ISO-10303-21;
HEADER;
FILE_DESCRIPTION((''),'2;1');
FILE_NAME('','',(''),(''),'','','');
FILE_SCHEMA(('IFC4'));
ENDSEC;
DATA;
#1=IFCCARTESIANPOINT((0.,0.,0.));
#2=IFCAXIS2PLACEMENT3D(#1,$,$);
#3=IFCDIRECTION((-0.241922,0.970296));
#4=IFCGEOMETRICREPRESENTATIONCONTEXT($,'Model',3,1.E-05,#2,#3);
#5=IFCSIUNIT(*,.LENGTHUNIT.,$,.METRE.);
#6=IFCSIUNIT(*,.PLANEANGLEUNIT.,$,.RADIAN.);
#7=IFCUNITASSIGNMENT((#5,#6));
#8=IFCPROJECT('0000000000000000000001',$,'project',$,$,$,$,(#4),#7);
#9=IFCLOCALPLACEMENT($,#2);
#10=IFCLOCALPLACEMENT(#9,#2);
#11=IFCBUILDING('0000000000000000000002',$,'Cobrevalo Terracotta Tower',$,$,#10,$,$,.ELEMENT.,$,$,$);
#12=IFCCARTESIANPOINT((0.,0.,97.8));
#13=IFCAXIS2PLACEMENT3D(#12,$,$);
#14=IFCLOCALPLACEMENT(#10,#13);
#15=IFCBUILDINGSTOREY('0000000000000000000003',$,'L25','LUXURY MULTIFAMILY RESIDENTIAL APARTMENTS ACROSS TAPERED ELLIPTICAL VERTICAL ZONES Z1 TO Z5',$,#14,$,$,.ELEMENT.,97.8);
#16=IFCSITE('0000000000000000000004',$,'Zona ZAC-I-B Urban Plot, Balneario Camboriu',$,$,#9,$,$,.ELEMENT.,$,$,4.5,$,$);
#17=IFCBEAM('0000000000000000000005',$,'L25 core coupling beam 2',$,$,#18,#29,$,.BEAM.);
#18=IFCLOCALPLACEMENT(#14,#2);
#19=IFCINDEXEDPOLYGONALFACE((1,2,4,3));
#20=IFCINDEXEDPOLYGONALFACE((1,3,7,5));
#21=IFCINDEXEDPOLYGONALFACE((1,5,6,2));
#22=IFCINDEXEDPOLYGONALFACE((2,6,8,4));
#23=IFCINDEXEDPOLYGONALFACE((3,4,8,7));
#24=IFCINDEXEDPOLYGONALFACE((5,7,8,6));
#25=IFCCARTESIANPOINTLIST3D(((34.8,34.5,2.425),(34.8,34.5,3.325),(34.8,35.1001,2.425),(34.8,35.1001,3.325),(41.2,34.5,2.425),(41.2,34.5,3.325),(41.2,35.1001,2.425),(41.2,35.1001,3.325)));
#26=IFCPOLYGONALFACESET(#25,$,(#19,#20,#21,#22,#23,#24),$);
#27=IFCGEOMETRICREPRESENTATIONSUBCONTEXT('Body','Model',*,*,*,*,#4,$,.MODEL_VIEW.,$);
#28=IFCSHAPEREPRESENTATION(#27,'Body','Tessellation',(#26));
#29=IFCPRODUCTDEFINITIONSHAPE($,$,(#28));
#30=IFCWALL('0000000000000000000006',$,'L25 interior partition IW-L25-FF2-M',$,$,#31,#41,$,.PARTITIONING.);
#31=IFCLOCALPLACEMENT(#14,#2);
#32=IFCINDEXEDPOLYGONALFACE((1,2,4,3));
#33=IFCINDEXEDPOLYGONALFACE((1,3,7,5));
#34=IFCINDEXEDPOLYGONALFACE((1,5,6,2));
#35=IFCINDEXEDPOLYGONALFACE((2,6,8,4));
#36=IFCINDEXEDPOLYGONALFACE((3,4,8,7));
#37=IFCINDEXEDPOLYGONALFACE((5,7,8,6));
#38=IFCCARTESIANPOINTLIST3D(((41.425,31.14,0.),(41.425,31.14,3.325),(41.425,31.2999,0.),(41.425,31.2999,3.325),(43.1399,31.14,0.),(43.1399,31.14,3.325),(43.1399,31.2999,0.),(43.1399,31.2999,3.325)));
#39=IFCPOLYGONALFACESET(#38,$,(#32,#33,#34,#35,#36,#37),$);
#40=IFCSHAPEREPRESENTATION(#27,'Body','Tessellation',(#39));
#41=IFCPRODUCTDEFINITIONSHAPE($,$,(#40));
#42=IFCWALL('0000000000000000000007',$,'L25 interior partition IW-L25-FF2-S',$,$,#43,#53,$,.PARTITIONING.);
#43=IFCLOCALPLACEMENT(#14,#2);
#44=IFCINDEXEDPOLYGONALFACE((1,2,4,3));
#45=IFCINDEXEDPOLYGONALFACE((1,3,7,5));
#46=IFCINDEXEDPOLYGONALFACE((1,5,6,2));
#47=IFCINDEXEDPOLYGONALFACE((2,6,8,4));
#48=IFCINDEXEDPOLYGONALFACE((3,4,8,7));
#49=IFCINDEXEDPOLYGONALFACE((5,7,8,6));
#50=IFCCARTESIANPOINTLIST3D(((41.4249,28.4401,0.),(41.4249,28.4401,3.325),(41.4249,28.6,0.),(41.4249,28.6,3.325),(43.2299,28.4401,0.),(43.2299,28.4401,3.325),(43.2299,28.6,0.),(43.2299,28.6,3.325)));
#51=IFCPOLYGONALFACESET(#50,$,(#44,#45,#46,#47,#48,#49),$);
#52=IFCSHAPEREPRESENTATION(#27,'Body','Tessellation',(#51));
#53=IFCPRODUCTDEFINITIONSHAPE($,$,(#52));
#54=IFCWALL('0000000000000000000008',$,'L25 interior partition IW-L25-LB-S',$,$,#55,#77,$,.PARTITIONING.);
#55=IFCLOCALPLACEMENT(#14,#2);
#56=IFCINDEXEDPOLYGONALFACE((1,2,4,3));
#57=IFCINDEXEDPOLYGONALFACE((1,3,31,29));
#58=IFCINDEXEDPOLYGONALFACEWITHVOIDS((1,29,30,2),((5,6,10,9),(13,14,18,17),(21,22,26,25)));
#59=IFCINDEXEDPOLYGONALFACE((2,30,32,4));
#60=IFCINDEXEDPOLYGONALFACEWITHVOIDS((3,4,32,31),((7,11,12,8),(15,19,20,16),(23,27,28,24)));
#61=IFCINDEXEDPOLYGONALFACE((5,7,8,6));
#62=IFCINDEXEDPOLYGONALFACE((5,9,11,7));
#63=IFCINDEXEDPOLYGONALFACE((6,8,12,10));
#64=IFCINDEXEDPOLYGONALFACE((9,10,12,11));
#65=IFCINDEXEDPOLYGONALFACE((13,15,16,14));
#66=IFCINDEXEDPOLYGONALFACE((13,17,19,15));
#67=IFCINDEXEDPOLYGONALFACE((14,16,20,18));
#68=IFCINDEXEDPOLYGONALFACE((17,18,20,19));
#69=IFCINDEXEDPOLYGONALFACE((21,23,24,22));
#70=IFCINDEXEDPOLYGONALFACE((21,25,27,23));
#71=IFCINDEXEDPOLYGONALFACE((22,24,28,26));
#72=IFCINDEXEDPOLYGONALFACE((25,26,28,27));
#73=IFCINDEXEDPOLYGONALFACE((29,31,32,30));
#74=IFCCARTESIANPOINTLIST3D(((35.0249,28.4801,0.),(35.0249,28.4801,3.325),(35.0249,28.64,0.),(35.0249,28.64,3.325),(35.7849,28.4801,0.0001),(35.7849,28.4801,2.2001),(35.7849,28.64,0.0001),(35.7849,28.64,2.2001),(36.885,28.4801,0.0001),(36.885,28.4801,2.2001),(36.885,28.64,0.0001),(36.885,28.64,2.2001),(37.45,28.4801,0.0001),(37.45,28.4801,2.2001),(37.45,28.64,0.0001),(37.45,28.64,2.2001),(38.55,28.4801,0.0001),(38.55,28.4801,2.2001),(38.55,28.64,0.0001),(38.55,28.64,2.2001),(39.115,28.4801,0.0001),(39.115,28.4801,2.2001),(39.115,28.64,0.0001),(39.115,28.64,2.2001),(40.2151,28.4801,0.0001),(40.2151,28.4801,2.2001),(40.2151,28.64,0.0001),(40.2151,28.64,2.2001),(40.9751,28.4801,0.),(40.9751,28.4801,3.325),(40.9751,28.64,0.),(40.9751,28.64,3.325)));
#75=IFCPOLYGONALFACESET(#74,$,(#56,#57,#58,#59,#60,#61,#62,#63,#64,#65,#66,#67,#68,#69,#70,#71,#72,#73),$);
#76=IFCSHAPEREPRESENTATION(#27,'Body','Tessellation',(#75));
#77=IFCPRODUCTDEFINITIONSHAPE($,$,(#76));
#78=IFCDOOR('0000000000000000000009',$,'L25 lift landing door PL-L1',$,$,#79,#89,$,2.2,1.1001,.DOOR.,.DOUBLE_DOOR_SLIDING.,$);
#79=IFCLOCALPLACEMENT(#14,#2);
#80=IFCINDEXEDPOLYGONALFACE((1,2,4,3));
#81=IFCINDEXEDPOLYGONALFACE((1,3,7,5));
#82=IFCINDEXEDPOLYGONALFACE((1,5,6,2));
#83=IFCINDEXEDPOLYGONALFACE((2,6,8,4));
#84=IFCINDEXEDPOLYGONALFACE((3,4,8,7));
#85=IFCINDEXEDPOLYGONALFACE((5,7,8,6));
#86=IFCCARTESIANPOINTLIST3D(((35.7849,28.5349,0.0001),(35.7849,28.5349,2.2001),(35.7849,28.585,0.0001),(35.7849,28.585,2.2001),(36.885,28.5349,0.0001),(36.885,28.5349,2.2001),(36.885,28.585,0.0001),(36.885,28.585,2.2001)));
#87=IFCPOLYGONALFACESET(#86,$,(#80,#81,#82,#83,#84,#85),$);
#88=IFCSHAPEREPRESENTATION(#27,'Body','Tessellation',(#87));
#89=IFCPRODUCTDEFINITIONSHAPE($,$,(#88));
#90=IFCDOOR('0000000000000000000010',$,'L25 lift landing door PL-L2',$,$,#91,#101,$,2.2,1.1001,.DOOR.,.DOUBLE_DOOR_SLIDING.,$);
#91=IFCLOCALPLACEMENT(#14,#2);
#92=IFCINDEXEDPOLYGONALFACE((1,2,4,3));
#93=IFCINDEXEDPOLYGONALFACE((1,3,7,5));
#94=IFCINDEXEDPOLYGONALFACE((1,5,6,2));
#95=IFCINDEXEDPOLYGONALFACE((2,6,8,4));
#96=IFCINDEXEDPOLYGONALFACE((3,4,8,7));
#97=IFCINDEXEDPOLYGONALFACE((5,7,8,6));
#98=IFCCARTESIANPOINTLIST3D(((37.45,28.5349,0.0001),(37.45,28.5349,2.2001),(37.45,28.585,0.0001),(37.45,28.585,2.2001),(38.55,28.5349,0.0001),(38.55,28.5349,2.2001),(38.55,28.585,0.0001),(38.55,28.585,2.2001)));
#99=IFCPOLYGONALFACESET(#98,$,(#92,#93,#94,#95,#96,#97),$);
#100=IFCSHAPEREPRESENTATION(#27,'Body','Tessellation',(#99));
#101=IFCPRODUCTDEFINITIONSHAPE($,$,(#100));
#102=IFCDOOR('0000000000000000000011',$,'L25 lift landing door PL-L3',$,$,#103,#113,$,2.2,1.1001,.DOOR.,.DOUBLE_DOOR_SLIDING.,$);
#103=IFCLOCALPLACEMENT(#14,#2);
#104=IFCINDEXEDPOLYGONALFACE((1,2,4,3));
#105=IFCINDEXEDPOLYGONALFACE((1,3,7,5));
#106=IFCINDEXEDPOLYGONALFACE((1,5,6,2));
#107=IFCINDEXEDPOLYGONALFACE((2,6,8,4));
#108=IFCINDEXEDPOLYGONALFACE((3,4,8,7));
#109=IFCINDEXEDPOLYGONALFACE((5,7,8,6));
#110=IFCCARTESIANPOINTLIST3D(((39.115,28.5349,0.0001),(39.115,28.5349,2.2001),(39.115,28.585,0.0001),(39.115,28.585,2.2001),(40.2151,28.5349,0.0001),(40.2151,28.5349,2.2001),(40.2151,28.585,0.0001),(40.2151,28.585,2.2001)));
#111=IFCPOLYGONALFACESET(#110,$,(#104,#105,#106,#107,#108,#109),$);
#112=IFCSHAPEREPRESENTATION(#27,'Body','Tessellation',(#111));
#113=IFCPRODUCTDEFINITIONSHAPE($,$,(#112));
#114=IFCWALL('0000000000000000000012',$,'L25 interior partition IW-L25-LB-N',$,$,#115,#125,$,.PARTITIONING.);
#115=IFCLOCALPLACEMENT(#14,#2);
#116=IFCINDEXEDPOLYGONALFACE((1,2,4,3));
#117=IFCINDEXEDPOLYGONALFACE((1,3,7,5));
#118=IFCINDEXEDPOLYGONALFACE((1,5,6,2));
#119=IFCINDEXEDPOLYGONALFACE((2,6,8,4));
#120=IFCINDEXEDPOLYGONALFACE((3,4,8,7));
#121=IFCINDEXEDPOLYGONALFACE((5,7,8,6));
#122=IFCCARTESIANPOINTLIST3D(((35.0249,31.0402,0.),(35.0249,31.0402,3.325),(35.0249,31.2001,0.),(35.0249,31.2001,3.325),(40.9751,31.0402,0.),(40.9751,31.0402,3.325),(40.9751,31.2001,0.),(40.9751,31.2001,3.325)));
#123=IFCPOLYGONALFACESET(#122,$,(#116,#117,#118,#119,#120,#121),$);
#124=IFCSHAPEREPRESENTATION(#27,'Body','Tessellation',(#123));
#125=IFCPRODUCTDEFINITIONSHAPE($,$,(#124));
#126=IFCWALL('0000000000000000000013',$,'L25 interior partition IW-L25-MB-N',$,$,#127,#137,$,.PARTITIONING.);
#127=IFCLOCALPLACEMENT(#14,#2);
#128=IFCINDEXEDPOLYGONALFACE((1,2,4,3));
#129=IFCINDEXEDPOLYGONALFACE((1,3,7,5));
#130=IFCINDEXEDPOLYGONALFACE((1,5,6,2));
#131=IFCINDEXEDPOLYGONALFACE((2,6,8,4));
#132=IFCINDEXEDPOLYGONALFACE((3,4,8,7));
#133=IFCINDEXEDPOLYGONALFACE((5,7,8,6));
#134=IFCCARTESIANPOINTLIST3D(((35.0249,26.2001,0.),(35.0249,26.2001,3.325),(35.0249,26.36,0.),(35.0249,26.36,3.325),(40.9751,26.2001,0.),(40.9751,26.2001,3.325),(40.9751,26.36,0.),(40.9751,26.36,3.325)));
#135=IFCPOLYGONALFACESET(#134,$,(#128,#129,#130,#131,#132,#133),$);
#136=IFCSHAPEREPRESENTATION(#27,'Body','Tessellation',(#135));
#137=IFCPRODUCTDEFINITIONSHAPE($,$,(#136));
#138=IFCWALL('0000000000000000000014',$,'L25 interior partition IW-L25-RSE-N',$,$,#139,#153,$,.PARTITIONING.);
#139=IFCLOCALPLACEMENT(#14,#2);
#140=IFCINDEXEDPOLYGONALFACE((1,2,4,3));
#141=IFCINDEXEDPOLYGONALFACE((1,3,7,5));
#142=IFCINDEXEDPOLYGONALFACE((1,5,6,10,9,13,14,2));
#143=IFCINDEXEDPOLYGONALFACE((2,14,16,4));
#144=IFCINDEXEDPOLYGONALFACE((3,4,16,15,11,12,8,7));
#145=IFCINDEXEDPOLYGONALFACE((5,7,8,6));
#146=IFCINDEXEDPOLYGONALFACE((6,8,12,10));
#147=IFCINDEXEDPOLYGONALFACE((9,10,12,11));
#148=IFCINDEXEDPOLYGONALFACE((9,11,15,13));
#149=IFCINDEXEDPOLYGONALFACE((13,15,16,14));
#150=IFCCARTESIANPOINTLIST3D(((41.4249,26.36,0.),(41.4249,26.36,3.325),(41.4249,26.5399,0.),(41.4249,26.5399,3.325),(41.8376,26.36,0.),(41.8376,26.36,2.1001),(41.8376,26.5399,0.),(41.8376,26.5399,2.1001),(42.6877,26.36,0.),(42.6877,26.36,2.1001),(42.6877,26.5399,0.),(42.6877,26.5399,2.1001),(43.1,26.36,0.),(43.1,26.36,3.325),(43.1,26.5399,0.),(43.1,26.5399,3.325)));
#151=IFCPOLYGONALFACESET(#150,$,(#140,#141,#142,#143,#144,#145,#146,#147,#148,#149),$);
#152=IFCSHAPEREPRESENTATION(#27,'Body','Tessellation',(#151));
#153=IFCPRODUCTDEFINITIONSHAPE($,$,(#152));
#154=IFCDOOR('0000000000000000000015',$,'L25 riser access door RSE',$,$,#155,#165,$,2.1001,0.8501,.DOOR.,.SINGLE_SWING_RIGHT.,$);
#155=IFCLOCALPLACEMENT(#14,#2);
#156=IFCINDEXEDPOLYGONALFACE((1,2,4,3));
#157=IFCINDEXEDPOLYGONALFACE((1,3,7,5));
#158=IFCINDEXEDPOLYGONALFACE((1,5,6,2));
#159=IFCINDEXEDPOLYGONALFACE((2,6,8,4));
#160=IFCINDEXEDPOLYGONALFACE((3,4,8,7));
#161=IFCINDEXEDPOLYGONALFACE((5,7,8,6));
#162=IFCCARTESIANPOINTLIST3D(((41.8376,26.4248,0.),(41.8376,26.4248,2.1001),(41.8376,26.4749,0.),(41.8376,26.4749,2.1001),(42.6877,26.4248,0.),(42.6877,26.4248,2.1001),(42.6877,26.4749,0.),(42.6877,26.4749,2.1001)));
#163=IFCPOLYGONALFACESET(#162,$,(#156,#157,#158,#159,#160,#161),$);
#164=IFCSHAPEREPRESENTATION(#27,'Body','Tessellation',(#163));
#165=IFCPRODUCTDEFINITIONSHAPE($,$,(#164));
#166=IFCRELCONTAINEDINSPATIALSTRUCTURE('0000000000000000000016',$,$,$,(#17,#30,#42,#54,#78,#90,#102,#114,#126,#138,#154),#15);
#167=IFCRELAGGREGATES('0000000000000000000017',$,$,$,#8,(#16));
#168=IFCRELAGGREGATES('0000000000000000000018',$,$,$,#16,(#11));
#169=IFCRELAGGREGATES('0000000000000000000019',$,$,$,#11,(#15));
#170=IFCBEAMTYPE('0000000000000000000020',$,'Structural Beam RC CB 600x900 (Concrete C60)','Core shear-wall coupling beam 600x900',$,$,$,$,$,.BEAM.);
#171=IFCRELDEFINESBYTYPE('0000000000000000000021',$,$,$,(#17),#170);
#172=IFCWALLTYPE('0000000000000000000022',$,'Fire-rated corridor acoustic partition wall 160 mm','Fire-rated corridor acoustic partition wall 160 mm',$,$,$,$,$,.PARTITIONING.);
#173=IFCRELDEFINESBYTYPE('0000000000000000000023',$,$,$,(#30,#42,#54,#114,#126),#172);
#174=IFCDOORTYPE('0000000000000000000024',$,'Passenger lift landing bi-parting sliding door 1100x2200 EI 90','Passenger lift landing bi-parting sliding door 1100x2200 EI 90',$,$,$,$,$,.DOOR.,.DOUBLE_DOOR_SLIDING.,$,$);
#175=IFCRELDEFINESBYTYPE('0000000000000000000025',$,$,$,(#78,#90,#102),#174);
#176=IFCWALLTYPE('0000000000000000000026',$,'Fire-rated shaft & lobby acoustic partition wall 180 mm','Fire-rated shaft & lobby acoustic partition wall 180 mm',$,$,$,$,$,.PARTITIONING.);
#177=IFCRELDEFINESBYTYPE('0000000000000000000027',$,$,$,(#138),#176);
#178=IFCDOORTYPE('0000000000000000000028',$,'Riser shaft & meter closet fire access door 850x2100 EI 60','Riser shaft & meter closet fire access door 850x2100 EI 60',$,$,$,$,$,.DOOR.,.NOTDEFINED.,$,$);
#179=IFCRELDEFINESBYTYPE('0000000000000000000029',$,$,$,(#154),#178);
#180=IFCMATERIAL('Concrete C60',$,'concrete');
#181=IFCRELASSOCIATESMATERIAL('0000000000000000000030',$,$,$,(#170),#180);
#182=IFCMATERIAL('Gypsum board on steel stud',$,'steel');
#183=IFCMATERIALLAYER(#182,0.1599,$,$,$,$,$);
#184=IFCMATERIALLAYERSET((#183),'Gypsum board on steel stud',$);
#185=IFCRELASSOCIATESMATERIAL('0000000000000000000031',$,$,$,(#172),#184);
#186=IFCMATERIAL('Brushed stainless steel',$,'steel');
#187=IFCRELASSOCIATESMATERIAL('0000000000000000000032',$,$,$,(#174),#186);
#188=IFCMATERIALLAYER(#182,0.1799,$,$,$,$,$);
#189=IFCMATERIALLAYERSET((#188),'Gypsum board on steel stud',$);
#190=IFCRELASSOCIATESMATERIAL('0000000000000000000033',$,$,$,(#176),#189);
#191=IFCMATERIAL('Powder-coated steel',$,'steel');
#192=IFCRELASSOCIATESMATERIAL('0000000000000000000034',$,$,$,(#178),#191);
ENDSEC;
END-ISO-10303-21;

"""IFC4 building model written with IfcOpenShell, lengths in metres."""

from ifc_helpers import new_model, si_unit, direction, frame, frame_2d, origin, origin_2d, place, context, subcontext, project, spatial, rectangle, extrude, source, transform, mapped, material, layer, layer_set, material_profile, profile_set, type_object, element, fill, save


model = new_model("IFC4")

# Units and contexts
model_context = context("Model", 3, precision=1e-05, world=origin(), true_north=direction((-0.241922, 0.970296)))
body_context = subcontext(model_context, "Body", "Model", "MODEL_VIEW")
ifc_project = project(units=[si_unit("LENGTHUNIT", "METRE"), si_unit("PLANEANGLEUNIT", "RADIAN")], contexts=[model_context])

# Site, building, storey
site_placement = place(None, origin())
site = spatial("IfcSite", under=ifc_project, at=site_placement, Name="Zona ZAC-I-B Urban Plot, Balneario Camboriu", CompositionType="ELEMENT", RefElevation=4.5)
building_placement = place(site_placement, origin())
building = spatial("IfcBuilding", under=site, at=building_placement, Name="Cobrevalo Terracotta Tower", CompositionType="ELEMENT")
storey_placement = place(building_placement, frame((0.0, 0.0, 97.8)))
storey = spatial("IfcBuildingStorey", under=building, at=storey_placement, Name="L25", Description="LUXURY MULTIFAMILY RESIDENTIAL APARTMENTS ACROSS TAPERED ELLIPTICAL VERTICAL ZONES Z1 TO Z5", CompositionType="ELEMENT", Elevation=97.8)

# Beam
ifc_material_1 = material(Name="Concrete C60", Category="concrete")
ifc_material_profile = material_profile(ifc_material_1, rectangle(XDim=0.6001, YDim=0.8999, at=origin_2d()), Name="RC CB 600x900")
ifc_profile_set = profile_set([ifc_material_profile], Name="Concrete C60")
beam_type = type_object("IfcBeamType", Name="Structural Beam RC CB 600x900 (Concrete C60)", Description="Core shear-wall coupling beam 600x900", PredefinedType="BEAM", material=ifc_profile_set)
beam_placement = place(storey_placement, frame((34.8, 34.8, 2.875), z_axis=(1.0, 0.0, 0.0), x_axis=(0.0, 1.0, 0.0)))
element("IfcBeam", 1, at=beam_placement, inside=storey, type_object=beam_type, Name="L25 core coupling beam 2", PredefinedType="BEAM", context=body_context, shape_type="SweptSolid", body=[
    extrude(rectangle(XDim=0.6001, YDim=0.8999, at=origin_2d()), origin(), (0.0, 0.0, 1.0), 6.3999),
])

# Walls
ifc_material_2 = material(Name="Gypsum board on steel stud", Category="steel")
ifc_layer_1 = layer(ifc_material_2, 0.1599)
ifc_layer_set_1 = layer_set([ifc_layer_1], Name="Gypsum board on steel stud")
wall_type_1 = type_object("IfcWallType", Name="Fire-rated corridor acoustic partition wall 160 mm", Description="Fire-rated corridor acoustic partition wall 160 mm", PredefinedType="PARTITIONING", material=ifc_layer_set_1)
wall_1_placement = place(storey_placement, frame((41.425, 31.22, 0.0), z_axis=(0.0, 0.0, 1.0), x_axis=(1.0, 0.0, 0.0)))
element("IfcWall", 2, at=wall_1_placement, inside=storey, type_object=wall_type_1, Name="L25 interior partition IW-L25-FF2-M", PredefinedType="PARTITIONING", context=body_context, shape_type="SweptSolid", body=[
    extrude(rectangle(XDim=1.7148, YDim=0.1599, at=frame_2d((0.8574, 0.0))), origin(), (0.0, 0.0, 1.0), 3.325),
])
wall_2_placement = place(storey_placement, frame((41.425, 28.52, 0.0), z_axis=(0.0, 0.0, 1.0), x_axis=(1.0, 0.0, 0.0)))
element("IfcWall", 3, at=wall_2_placement, inside=storey, type_object=wall_type_1, Name="L25 interior partition IW-L25-FF2-S", PredefinedType="PARTITIONING", context=body_context, shape_type="SweptSolid", body=[
    extrude(rectangle(XDim=1.8049, YDim=0.1599, at=frame_2d((0.9023, 0.0))), origin(), (0.0, 0.0, 1.0), 3.325),
])

# Wall, openings, doors
wall_3_placement = place(storey_placement, frame((35.0249, 28.5601, 0.0), z_axis=(0.0, 0.0, 1.0), x_axis=(1.0, 0.0, 0.0)))
wall_3 = element("IfcWall", 4, at=wall_3_placement, inside=storey, type_object=wall_type_1, Name="L25 interior partition IW-L25-LB-S", PredefinedType="PARTITIONING", context=body_context, shape_type="SweptSolid", body=[
    extrude(rectangle(XDim=5.9502, YDim=0.1599, at=frame_2d((2.9751, 0.0))), origin(), (0.0, 0.0, 1.0), 3.325),
])
opening_1_placement = place(wall_3_placement, frame((0.76, 0.0, 0.0)))
opening_1 = element("IfcOpeningElement", 5, at=opening_1_placement, cuts=wall_3, PredefinedType="OPENING", context=body_context, shape_type="SweptSolid", body=[
    extrude(rectangle(XDim=1.1001, YDim=2.2, at=frame_2d((0.55, 1.1001))), frame((0.0, 0.0898, 0.0), z_axis=(0.0, -1.0, 0.0), x_axis=(1.0, 0.0, 0.0)), (0.0, 0.0, 1.0), 0.1799),
])
opening_2_placement = place(wall_3_placement, frame((2.425, 0.0, 0.0)))
opening_2 = element("IfcOpeningElement", 6, at=opening_2_placement, cuts=wall_3, PredefinedType="OPENING", context=body_context, shape_type="SweptSolid", body=[
    extrude(rectangle(XDim=1.1001, YDim=2.2, at=frame_2d((0.55, 1.1001))), frame((0.0, 0.0898, 0.0), z_axis=(0.0, -1.0, 0.0), x_axis=(1.0, 0.0, 0.0)), (0.0, 0.0, 1.0), 0.1799),
])
opening_3_placement = place(wall_3_placement, frame((4.0901, 0.0, 0.0)))
opening_3 = element("IfcOpeningElement", 7, at=opening_3_placement, cuts=wall_3, PredefinedType="OPENING", context=body_context, shape_type="SweptSolid", body=[
    extrude(rectangle(XDim=1.1001, YDim=2.2, at=frame_2d((0.55, 1.1001))), frame((0.0, 0.0898, 0.0), z_axis=(0.0, -1.0, 0.0), x_axis=(1.0, 0.0, 0.0)), (0.0, 0.0, 1.0), 0.1799),
])
ifc_material_3 = material(Name="Brushed stainless steel", Category="steel")
door_type_1 = type_object("IfcDoorType", Name="Passenger lift landing bi-parting sliding door 1100x2200 EI 90", Description="Passenger lift landing bi-parting sliding door 1100x2200 EI 90", OperationType="DOUBLE_DOOR_SLIDING", PredefinedType="DOOR", material=ifc_material_3)
shared_shape_1 = source(origin(), body_context, "Body", "SweptSolid", [
    extrude(rectangle(XDim=1.1001, YDim=2.2, at=frame_2d((0.55, 1.1001))), frame((0.0, 0.0249, 0.0), z_axis=(0.0, -1.0, 0.0), x_axis=(1.0, 0.0, 0.0)), (0.0, 0.0, 1.0), 0.05),
])
door_1_placement = place(opening_1_placement, origin())
door_1 = element("IfcDoor", 8, at=door_1_placement, inside=storey, type_object=door_type_1, Name="L25 lift landing door PL-L1", OperationType="DOUBLE_DOOR_SLIDING", OverallHeight=2.2, OverallWidth=1.1001, PredefinedType="DOOR", context=body_context, shape_type="MappedRepresentation", body=[
    mapped(shared_shape_1, transform((0.0, 0.0, 0.0), scale=1.0)),
])
fill(opening_1, door_1)
door_2_placement = place(opening_2_placement, origin())
door_2 = element("IfcDoor", 9, at=door_2_placement, inside=storey, type_object=door_type_1, Name="L25 lift landing door PL-L2", OperationType="DOUBLE_DOOR_SLIDING", OverallHeight=2.2, OverallWidth=1.1001, PredefinedType="DOOR", context=body_context, shape_type="MappedRepresentation", body=[
    mapped(shared_shape_1, transform((0.0, 0.0, 0.0), scale=1.0)),
])
fill(opening_2, door_2)
door_3_placement = place(opening_3_placement, origin())
door_3 = element("IfcDoor", 10, at=door_3_placement, inside=storey, type_object=door_type_1, Name="L25 lift landing door PL-L3", OperationType="DOUBLE_DOOR_SLIDING", OverallHeight=2.2, OverallWidth=1.1001, PredefinedType="DOOR", context=body_context, shape_type="MappedRepresentation", body=[
    mapped(shared_shape_1, transform((0.0, 0.0, 0.0), scale=1.0)),
])
fill(opening_3, door_3)

# Walls
for number, where, z_axis, x_axis, name in (
    (11, (35.0249, 31.1201, 0.0), (0.0, 0.0, 1.0), (1.0, 0.0, 0.0), "L25 interior partition IW-L25-LB-N"),
    (12, (35.0249, 26.28, 0.0), (0.0, 0.0, 1.0), (1.0, 0.0, 0.0), "L25 interior partition IW-L25-MB-N"),
):
    element("IfcWall", number, at=place(storey_placement, frame(where, z_axis=z_axis, x_axis=x_axis)), inside=storey, type_object=wall_type_1, Name=name, PredefinedType="PARTITIONING", context=body_context, shape_type="SweptSolid", body=[
        extrude(rectangle(XDim=5.9502, YDim=0.1599, at=frame_2d((2.9751, 0.0))), origin(), (0.0, 0.0, 1.0), 3.325),
    ])

# Wall, opening, door
ifc_layer_2 = layer(ifc_material_2, 0.1799)
ifc_layer_set_2 = layer_set([ifc_layer_2], Name="Gypsum board on steel stud")
wall_type_2 = type_object("IfcWallType", Name="Fire-rated shaft & lobby acoustic partition wall 180 mm", Description="Fire-rated shaft & lobby acoustic partition wall 180 mm", PredefinedType="PARTITIONING", material=ifc_layer_set_2)
wall_4_placement = place(storey_placement, frame((41.425, 26.45, 0.0), z_axis=(0.0, 0.0, 1.0), x_axis=(1.0, 0.0, 0.0)))
wall_4 = element("IfcWall", 13, at=wall_4_placement, inside=storey, type_object=wall_type_2, Name="L25 interior partition IW-L25-RSE-N", PredefinedType="PARTITIONING", context=body_context, shape_type="SweptSolid", body=[
    extrude(rectangle(XDim=1.675, YDim=0.1799, at=frame_2d((0.8374, 0.0))), origin(), (0.0, 0.0, 1.0), 3.325),
])
opening_4_placement = place(wall_4_placement, frame((0.4126, 0.0, 0.0)))
opening_4 = element("IfcOpeningElement", 14, at=opening_4_placement, cuts=wall_4, PredefinedType="OPENING", context=body_context, shape_type="SweptSolid", body=[
    extrude(rectangle(XDim=0.8501, YDim=2.1001, at=frame_2d((0.425, 1.05))), frame((0.0, 0.1001, 0.0), z_axis=(0.0, -1.0, 0.0), x_axis=(1.0, 0.0, 0.0)), (0.0, 0.0, 1.0), 0.2),
])
ifc_material_4 = material(Name="Powder-coated steel", Category="steel")
door_type_2 = type_object("IfcDoorType", Name="Riser shaft & meter closet fire access door 850x2100 EI 60", Description="Riser shaft & meter closet fire access door 850x2100 EI 60", OperationType="NOTDEFINED", PredefinedType="DOOR", material=ifc_material_4)
shared_shape_2 = source(origin(), body_context, "Body", "SweptSolid", [
    extrude(rectangle(XDim=0.8501, YDim=2.1001, at=frame_2d((0.425, 1.05))), frame((0.0, 0.0249, 0.0), z_axis=(0.0, -1.0, 0.0), x_axis=(1.0, 0.0, 0.0)), (0.0, 0.0, 1.0), 0.05),
])
door_4_placement = place(opening_4_placement, origin())
door_4 = element("IfcDoor", 15, at=door_4_placement, inside=storey, type_object=door_type_2, Name="L25 riser access door RSE", OperationType="SINGLE_SWING_RIGHT", OverallHeight=2.1001, OverallWidth=0.8501, PredefinedType="DOOR", context=body_context, shape_type="MappedRepresentation", body=[
    mapped(shared_shape_2, transform((0.0, 0.0, 0.0), scale=1.0)),
])
fill(opening_4, door_4)

save(model, "model.ifc")
